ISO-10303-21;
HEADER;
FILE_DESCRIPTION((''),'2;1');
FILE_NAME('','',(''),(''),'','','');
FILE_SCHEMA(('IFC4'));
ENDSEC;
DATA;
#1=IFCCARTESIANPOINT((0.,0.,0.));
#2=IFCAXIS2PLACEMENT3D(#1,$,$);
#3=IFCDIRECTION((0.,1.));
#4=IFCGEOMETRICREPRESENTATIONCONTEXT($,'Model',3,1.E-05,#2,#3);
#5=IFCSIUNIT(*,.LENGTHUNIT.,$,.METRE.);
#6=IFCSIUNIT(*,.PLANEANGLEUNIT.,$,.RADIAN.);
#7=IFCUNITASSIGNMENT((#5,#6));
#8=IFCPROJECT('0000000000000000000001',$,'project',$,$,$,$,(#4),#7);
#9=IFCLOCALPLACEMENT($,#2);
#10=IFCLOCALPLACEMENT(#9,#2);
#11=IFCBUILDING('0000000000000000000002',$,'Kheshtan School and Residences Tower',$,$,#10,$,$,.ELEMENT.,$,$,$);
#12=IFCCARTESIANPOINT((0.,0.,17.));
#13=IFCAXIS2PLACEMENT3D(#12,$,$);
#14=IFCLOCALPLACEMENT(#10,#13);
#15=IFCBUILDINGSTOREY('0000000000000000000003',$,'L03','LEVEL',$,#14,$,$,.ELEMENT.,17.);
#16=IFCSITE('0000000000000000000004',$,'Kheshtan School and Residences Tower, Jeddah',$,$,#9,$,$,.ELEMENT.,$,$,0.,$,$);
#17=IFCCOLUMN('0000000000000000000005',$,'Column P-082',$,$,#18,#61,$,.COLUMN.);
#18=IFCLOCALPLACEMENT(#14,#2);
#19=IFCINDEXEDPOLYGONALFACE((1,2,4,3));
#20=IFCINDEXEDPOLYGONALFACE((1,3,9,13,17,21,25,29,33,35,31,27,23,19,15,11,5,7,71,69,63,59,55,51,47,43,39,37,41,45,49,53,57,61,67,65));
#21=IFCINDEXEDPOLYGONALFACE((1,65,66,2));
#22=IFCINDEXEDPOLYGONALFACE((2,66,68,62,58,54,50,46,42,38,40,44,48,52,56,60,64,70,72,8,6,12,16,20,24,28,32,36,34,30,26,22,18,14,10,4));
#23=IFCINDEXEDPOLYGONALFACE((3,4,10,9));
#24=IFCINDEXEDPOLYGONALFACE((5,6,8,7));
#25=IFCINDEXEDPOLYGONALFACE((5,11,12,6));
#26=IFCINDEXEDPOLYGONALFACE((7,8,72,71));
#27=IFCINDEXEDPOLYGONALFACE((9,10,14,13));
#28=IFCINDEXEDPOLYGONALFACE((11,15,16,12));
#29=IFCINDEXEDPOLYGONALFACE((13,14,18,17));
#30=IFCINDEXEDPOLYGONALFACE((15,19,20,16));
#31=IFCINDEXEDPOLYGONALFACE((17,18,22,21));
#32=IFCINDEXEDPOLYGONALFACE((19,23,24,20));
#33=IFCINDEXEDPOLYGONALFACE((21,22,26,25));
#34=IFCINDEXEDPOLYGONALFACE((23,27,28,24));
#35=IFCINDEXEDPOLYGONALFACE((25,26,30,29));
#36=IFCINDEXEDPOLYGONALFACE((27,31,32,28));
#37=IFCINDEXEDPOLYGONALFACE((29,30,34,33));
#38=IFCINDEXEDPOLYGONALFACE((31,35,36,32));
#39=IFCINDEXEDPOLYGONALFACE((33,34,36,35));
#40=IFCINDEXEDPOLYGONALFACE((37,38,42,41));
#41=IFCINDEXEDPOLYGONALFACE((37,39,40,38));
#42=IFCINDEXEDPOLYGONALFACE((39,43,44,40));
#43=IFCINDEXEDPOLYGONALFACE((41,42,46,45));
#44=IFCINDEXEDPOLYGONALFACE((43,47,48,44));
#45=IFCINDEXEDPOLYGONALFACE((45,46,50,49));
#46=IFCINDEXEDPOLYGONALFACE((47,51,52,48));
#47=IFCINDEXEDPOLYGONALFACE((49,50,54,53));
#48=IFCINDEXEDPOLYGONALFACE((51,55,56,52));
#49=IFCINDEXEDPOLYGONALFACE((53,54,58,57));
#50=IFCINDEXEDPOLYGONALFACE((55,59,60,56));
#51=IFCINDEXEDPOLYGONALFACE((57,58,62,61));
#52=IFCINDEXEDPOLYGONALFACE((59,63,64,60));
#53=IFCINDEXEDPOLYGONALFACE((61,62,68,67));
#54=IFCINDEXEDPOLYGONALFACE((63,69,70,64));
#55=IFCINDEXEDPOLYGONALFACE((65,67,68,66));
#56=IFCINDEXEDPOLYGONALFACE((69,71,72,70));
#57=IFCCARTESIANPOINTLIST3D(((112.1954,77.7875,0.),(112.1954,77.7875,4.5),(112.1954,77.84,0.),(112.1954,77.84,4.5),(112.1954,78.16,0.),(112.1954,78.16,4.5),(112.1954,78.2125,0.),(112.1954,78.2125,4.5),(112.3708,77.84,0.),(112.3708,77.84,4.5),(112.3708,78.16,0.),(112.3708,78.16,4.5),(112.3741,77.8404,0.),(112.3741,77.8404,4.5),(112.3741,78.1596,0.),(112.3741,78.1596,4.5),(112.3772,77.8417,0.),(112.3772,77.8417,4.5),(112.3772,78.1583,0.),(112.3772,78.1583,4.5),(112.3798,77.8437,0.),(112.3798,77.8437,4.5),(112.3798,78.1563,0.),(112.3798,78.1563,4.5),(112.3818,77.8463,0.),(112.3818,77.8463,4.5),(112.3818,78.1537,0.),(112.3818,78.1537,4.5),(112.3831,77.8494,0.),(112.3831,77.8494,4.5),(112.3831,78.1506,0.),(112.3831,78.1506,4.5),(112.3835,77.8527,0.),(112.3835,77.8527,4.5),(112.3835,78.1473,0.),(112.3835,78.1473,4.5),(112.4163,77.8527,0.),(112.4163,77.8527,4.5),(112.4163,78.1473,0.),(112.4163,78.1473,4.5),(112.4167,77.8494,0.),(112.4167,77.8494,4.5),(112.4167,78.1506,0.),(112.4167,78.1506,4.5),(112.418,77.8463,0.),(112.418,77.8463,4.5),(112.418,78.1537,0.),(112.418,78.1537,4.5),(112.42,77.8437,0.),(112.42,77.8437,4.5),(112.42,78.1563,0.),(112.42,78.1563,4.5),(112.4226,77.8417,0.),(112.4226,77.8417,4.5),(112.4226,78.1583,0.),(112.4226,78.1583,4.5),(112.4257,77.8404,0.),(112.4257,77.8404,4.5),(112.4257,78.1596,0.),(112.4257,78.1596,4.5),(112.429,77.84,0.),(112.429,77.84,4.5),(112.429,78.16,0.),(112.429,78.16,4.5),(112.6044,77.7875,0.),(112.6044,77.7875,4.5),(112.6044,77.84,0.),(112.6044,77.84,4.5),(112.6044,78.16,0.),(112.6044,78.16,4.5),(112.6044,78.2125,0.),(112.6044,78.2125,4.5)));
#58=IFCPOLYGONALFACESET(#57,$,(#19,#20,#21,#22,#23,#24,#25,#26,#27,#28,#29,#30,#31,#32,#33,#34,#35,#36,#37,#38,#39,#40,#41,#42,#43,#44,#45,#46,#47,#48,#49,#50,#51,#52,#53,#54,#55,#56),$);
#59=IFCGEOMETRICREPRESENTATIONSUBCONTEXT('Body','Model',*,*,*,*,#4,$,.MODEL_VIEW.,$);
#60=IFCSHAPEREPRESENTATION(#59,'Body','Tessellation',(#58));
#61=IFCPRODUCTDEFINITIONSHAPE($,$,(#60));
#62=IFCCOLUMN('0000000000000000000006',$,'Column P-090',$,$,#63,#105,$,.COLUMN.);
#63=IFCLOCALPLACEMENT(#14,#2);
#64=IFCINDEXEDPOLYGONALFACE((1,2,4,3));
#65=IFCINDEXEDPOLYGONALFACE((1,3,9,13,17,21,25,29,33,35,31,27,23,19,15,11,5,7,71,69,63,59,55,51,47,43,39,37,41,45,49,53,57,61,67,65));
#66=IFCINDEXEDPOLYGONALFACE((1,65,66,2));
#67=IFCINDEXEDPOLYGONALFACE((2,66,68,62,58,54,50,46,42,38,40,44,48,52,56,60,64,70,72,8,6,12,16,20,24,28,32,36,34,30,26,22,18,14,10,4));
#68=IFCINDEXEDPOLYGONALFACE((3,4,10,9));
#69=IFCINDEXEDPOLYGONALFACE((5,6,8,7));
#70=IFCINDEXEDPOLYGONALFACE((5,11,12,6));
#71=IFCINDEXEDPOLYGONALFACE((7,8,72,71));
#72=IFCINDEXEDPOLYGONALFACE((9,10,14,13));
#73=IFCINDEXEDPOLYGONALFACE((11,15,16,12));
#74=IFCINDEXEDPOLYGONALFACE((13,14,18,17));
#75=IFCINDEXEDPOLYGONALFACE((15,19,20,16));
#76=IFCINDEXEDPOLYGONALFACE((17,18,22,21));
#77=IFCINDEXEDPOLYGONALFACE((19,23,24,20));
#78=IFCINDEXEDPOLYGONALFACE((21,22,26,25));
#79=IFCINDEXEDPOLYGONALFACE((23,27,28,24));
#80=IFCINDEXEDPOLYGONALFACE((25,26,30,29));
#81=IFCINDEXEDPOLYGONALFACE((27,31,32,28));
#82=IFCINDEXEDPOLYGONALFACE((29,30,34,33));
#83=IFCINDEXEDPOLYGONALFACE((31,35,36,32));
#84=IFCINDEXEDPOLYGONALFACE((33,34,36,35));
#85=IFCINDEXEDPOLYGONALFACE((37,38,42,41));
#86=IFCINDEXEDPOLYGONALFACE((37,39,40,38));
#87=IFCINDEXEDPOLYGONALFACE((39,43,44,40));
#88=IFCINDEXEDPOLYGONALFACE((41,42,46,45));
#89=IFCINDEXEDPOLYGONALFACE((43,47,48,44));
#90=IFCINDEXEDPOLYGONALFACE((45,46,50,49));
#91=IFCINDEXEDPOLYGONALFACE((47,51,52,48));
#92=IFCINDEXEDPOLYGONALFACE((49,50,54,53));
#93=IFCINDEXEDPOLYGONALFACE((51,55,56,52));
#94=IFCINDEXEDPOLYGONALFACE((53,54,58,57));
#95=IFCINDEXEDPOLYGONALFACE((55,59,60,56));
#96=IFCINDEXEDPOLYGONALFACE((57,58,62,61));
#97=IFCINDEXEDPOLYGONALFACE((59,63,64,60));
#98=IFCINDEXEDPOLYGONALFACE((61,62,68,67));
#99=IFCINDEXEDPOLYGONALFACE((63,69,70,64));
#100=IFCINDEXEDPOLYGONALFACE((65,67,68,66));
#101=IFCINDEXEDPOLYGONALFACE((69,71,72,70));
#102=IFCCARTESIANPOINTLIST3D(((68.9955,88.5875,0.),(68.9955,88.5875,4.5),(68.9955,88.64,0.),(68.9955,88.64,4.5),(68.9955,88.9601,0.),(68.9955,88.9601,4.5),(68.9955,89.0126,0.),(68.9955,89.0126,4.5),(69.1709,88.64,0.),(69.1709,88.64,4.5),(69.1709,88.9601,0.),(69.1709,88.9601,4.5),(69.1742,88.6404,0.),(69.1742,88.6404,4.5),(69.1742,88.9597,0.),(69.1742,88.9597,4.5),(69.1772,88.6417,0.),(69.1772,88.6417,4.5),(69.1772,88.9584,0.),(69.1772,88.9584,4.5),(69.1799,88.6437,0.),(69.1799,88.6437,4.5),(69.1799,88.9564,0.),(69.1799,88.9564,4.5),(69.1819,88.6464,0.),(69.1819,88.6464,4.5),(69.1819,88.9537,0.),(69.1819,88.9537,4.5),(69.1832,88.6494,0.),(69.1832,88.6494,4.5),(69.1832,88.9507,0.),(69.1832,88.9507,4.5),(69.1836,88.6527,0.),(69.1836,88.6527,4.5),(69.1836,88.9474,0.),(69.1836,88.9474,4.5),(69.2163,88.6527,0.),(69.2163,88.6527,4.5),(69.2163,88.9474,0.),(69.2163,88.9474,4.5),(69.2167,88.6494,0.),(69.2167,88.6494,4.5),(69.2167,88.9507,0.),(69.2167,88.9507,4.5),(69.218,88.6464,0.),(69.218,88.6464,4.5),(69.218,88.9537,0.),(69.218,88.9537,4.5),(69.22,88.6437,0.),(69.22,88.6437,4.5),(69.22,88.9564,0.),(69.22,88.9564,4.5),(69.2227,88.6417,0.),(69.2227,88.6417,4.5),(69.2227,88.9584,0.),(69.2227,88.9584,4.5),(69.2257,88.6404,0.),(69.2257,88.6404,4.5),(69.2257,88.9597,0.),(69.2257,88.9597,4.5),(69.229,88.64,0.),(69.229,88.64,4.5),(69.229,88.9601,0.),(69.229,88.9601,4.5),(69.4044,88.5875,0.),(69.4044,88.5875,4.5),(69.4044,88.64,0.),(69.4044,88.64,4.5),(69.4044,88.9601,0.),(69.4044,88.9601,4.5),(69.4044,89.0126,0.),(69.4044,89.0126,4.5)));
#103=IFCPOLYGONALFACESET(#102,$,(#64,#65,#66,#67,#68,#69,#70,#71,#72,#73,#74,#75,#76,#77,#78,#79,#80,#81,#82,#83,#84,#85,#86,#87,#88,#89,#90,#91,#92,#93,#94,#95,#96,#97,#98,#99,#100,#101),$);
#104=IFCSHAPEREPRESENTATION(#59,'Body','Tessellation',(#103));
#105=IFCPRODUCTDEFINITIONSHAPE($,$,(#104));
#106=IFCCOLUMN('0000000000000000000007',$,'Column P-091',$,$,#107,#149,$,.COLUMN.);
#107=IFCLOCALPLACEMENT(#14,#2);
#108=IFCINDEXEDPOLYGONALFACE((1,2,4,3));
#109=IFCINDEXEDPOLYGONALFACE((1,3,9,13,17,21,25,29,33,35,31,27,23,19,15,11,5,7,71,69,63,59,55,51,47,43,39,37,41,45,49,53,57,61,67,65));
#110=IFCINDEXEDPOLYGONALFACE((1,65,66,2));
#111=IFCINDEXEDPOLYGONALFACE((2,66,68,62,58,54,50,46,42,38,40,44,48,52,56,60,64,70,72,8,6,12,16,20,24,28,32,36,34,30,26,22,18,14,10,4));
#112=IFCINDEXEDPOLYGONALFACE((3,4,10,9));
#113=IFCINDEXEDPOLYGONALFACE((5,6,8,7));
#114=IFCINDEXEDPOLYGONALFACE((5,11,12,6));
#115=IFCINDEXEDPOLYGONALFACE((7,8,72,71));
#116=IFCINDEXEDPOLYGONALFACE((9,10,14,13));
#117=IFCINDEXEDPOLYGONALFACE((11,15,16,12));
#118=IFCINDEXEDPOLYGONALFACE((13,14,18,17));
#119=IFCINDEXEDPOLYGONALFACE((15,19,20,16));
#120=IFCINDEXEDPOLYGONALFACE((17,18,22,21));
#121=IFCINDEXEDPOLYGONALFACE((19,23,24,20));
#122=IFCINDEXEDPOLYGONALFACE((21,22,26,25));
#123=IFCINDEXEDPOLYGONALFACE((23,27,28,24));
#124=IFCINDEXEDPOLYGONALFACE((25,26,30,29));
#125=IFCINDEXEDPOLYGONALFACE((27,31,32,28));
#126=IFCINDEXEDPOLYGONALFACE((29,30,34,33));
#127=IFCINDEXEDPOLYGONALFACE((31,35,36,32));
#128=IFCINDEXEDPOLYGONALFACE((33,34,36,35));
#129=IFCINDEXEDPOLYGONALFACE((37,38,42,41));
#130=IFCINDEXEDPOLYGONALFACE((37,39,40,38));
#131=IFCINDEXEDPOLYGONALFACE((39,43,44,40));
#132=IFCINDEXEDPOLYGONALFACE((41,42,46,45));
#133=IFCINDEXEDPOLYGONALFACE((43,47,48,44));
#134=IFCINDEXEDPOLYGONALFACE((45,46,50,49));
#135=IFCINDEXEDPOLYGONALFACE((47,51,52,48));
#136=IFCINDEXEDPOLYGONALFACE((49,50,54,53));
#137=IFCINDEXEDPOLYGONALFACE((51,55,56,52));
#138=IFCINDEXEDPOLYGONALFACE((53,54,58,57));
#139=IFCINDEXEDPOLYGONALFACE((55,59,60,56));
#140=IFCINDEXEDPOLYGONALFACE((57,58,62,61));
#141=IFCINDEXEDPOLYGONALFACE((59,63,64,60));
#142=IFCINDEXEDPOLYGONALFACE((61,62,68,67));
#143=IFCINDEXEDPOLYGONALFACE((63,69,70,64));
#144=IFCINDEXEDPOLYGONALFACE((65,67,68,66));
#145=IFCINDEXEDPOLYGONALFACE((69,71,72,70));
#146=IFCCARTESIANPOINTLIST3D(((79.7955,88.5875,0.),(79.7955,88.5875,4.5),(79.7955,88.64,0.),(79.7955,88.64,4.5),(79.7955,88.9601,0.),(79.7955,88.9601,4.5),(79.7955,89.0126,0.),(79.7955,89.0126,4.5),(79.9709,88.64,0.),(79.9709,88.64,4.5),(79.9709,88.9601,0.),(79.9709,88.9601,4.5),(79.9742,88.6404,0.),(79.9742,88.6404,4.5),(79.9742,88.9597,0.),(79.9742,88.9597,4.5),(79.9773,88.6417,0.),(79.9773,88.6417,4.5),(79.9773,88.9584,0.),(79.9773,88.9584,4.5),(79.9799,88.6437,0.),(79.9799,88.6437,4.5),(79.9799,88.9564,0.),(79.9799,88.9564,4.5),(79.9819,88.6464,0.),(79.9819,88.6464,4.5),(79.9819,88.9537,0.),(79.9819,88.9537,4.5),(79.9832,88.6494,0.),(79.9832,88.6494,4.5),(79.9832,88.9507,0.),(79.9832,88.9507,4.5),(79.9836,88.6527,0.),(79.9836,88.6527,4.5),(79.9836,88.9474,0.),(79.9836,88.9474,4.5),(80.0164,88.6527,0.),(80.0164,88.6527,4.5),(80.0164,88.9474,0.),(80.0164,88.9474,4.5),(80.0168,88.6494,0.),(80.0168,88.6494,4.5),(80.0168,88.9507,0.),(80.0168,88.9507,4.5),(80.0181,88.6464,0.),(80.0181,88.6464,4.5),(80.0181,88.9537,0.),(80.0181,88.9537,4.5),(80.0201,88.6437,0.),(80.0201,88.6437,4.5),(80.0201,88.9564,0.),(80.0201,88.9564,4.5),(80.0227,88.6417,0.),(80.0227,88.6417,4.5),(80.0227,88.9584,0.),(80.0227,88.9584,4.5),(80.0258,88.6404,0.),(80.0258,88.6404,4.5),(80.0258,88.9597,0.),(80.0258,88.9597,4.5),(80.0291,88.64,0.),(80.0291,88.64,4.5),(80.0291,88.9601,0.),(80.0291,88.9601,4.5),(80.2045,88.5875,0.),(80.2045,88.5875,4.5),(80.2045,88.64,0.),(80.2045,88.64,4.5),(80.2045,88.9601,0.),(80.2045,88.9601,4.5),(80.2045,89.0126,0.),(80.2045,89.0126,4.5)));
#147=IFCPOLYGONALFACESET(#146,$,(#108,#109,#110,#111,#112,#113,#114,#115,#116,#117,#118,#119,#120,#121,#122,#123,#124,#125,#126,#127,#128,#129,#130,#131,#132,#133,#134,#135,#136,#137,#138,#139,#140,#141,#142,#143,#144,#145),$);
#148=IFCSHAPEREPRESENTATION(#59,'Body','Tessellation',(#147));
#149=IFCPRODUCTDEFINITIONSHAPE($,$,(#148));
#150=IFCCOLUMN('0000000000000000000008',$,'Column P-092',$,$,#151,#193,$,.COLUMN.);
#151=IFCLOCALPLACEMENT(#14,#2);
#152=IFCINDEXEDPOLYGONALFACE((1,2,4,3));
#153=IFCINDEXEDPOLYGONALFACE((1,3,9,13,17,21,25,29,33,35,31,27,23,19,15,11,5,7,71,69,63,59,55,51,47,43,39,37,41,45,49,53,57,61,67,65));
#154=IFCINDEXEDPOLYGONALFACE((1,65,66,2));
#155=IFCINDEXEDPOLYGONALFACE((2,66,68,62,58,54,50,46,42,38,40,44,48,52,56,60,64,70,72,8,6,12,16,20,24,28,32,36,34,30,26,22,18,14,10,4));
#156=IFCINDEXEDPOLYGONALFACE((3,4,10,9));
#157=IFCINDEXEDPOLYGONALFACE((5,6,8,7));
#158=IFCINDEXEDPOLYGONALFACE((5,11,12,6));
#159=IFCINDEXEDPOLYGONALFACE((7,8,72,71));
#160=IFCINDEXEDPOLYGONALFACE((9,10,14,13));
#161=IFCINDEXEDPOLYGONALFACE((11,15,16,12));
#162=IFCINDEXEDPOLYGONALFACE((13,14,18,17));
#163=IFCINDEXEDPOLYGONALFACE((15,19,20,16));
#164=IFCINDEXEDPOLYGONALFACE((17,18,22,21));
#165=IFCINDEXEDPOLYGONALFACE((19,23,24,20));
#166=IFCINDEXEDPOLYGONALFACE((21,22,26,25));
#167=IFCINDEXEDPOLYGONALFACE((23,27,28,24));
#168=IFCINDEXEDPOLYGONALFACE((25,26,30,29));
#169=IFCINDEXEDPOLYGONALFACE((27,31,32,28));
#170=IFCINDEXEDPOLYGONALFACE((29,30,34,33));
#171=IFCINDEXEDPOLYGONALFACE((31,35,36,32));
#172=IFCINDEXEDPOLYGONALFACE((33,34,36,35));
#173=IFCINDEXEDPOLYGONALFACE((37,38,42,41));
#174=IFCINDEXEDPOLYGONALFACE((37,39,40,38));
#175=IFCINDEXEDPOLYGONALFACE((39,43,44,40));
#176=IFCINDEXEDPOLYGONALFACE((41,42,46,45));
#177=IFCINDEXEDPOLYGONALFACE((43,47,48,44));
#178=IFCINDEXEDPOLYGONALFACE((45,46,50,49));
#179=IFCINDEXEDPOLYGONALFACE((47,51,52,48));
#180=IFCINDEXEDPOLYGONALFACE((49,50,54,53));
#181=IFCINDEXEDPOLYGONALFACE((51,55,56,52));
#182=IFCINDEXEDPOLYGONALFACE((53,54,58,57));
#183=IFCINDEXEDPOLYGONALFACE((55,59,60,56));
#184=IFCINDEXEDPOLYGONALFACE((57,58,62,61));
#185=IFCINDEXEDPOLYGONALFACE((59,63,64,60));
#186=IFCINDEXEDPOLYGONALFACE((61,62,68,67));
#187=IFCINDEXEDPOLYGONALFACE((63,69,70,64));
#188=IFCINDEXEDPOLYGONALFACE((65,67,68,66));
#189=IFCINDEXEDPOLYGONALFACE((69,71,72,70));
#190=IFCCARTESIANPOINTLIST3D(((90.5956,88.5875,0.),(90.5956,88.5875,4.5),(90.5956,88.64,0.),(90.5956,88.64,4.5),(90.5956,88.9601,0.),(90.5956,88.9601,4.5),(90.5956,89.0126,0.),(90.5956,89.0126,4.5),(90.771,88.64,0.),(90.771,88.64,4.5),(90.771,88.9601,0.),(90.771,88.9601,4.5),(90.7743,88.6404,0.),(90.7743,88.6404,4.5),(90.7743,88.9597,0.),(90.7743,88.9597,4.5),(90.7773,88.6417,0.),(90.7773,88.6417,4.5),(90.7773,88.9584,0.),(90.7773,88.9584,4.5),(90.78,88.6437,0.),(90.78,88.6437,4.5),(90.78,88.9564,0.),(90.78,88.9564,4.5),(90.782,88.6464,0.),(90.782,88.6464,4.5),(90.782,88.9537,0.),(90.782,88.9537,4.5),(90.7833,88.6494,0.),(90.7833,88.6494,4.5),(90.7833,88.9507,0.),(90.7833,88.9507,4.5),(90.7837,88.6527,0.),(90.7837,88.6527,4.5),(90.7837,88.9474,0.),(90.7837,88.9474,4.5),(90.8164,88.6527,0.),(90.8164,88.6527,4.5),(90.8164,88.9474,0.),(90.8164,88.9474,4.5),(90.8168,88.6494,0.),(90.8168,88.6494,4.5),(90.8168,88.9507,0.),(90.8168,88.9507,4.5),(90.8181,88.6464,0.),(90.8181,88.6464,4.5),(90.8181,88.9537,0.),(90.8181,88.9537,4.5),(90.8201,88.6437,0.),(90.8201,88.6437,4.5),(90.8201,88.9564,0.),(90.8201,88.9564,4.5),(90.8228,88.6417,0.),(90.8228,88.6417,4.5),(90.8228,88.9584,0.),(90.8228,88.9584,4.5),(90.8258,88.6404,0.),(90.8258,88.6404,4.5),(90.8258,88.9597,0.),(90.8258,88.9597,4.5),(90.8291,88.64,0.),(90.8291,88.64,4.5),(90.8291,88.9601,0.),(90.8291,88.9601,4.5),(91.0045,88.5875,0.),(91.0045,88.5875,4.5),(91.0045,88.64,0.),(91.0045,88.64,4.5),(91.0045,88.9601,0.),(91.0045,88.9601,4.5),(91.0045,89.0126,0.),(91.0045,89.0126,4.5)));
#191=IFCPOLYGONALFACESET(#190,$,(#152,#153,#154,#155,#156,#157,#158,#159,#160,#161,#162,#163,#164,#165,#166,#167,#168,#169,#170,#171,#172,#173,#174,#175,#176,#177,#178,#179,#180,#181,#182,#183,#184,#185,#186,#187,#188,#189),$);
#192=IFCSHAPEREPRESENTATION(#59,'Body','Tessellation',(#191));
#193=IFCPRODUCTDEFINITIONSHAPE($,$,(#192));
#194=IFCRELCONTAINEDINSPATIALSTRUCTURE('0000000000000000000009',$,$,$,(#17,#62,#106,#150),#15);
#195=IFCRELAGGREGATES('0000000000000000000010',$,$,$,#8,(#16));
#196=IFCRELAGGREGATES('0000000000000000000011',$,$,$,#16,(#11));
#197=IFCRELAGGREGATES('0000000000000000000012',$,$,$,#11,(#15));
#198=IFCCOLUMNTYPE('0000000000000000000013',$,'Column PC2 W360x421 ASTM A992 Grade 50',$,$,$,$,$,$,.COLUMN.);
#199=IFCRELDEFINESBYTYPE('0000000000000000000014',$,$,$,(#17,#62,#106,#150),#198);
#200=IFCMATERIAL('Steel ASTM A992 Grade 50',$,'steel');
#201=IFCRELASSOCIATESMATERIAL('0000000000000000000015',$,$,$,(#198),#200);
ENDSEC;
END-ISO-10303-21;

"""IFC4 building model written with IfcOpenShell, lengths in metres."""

from ifc_helpers import new_model, si_unit, direction, frame, origin, origin_2d, place, context, subcontext, project, spatial, i_section, extrude, material, material_profile, profile_set, type_object, element, save


model = new_model("IFC4")

# Units and contexts
model_context = context("Model", 3, precision=1e-05, world=origin(), true_north=direction((0.0, 1.0)))
body_context = subcontext(model_context, "Body", "Model", "MODEL_VIEW")
ifc_project = project(units=[si_unit("LENGTHUNIT", "METRE"), si_unit("PLANEANGLEUNIT", "RADIAN")], contexts=[model_context])

# Site, building, storey
site_placement = place(None, origin())
site = spatial("IfcSite", under=ifc_project, at=site_placement, Name="Kheshtan School and Residences Tower, Jeddah", CompositionType="ELEMENT", RefElevation=0.0)
building_placement = place(site_placement, origin())
building = spatial("IfcBuilding", under=site, at=building_placement, Name="Kheshtan School and Residences Tower", CompositionType="ELEMENT")
storey_placement = place(building_placement, frame((0.0, 0.0, 17.0)))
storey = spatial("IfcBuildingStorey", under=building, at=storey_placement, Name="L03", Description="LEVEL", CompositionType="ELEMENT", Elevation=17.0)

# Columns
ifc_material_1 = material(Name="Steel ASTM A992 Grade 50", Category="steel")
ifc_material_profile_1 = material_profile(ifc_material_1, i_section(OverallWidth=0.4089, OverallDepth=0.425, WebThickness=0.0327, FlangeThickness=0.0525, FilletRadius=0.0127, at=origin_2d()), Name="W360x421")
ifc_profile_set_1 = profile_set([ifc_material_profile_1], Name="Steel ASTM A992 Grade 50")
column_type = type_object("IfcColumnType", Name="Column PC2 W360x421 ASTM A992 Grade 50", PredefinedType="COLUMN", material=ifc_profile_set_1)
for number, where, z_axis, x_axis, name in (
    (1, (112.3999, 78.0, 0.0), (0.0, 0.0, 1.0), (1.0, 0.0, 0.0), "Column P-082"),
    (2, (69.2, 88.8, 0.0), (0.0, 0.0, 1.0), (1.0, 0.0, 0.0), "Column P-090"),
    (3, (80.0, 88.8, 0.0), (0.0, 0.0, 1.0), (1.0, 0.0, 0.0), "Column P-091"),
    (4, (90.8, 88.8, 0.0), (0.0, 0.0, 1.0), (1.0, 0.0, 0.0), "Column P-092"),
):
    element("IfcColumn", number, at=place(storey_placement, frame(where, z_axis=z_axis, x_axis=x_axis)), inside=storey, type_object=column_type, Name=name, PredefinedType="COLUMN", context=body_context, shape_type="SweptSolid", body=[
        extrude(i_section(OverallWidth=0.4089, OverallDepth=0.425, WebThickness=0.0327, FlangeThickness=0.0525, FilletRadius=0.0127, at=origin_2d()), origin(), (0.0, 0.0, 1.0), 4.5),
    ])

save(model, "model.ifc")
